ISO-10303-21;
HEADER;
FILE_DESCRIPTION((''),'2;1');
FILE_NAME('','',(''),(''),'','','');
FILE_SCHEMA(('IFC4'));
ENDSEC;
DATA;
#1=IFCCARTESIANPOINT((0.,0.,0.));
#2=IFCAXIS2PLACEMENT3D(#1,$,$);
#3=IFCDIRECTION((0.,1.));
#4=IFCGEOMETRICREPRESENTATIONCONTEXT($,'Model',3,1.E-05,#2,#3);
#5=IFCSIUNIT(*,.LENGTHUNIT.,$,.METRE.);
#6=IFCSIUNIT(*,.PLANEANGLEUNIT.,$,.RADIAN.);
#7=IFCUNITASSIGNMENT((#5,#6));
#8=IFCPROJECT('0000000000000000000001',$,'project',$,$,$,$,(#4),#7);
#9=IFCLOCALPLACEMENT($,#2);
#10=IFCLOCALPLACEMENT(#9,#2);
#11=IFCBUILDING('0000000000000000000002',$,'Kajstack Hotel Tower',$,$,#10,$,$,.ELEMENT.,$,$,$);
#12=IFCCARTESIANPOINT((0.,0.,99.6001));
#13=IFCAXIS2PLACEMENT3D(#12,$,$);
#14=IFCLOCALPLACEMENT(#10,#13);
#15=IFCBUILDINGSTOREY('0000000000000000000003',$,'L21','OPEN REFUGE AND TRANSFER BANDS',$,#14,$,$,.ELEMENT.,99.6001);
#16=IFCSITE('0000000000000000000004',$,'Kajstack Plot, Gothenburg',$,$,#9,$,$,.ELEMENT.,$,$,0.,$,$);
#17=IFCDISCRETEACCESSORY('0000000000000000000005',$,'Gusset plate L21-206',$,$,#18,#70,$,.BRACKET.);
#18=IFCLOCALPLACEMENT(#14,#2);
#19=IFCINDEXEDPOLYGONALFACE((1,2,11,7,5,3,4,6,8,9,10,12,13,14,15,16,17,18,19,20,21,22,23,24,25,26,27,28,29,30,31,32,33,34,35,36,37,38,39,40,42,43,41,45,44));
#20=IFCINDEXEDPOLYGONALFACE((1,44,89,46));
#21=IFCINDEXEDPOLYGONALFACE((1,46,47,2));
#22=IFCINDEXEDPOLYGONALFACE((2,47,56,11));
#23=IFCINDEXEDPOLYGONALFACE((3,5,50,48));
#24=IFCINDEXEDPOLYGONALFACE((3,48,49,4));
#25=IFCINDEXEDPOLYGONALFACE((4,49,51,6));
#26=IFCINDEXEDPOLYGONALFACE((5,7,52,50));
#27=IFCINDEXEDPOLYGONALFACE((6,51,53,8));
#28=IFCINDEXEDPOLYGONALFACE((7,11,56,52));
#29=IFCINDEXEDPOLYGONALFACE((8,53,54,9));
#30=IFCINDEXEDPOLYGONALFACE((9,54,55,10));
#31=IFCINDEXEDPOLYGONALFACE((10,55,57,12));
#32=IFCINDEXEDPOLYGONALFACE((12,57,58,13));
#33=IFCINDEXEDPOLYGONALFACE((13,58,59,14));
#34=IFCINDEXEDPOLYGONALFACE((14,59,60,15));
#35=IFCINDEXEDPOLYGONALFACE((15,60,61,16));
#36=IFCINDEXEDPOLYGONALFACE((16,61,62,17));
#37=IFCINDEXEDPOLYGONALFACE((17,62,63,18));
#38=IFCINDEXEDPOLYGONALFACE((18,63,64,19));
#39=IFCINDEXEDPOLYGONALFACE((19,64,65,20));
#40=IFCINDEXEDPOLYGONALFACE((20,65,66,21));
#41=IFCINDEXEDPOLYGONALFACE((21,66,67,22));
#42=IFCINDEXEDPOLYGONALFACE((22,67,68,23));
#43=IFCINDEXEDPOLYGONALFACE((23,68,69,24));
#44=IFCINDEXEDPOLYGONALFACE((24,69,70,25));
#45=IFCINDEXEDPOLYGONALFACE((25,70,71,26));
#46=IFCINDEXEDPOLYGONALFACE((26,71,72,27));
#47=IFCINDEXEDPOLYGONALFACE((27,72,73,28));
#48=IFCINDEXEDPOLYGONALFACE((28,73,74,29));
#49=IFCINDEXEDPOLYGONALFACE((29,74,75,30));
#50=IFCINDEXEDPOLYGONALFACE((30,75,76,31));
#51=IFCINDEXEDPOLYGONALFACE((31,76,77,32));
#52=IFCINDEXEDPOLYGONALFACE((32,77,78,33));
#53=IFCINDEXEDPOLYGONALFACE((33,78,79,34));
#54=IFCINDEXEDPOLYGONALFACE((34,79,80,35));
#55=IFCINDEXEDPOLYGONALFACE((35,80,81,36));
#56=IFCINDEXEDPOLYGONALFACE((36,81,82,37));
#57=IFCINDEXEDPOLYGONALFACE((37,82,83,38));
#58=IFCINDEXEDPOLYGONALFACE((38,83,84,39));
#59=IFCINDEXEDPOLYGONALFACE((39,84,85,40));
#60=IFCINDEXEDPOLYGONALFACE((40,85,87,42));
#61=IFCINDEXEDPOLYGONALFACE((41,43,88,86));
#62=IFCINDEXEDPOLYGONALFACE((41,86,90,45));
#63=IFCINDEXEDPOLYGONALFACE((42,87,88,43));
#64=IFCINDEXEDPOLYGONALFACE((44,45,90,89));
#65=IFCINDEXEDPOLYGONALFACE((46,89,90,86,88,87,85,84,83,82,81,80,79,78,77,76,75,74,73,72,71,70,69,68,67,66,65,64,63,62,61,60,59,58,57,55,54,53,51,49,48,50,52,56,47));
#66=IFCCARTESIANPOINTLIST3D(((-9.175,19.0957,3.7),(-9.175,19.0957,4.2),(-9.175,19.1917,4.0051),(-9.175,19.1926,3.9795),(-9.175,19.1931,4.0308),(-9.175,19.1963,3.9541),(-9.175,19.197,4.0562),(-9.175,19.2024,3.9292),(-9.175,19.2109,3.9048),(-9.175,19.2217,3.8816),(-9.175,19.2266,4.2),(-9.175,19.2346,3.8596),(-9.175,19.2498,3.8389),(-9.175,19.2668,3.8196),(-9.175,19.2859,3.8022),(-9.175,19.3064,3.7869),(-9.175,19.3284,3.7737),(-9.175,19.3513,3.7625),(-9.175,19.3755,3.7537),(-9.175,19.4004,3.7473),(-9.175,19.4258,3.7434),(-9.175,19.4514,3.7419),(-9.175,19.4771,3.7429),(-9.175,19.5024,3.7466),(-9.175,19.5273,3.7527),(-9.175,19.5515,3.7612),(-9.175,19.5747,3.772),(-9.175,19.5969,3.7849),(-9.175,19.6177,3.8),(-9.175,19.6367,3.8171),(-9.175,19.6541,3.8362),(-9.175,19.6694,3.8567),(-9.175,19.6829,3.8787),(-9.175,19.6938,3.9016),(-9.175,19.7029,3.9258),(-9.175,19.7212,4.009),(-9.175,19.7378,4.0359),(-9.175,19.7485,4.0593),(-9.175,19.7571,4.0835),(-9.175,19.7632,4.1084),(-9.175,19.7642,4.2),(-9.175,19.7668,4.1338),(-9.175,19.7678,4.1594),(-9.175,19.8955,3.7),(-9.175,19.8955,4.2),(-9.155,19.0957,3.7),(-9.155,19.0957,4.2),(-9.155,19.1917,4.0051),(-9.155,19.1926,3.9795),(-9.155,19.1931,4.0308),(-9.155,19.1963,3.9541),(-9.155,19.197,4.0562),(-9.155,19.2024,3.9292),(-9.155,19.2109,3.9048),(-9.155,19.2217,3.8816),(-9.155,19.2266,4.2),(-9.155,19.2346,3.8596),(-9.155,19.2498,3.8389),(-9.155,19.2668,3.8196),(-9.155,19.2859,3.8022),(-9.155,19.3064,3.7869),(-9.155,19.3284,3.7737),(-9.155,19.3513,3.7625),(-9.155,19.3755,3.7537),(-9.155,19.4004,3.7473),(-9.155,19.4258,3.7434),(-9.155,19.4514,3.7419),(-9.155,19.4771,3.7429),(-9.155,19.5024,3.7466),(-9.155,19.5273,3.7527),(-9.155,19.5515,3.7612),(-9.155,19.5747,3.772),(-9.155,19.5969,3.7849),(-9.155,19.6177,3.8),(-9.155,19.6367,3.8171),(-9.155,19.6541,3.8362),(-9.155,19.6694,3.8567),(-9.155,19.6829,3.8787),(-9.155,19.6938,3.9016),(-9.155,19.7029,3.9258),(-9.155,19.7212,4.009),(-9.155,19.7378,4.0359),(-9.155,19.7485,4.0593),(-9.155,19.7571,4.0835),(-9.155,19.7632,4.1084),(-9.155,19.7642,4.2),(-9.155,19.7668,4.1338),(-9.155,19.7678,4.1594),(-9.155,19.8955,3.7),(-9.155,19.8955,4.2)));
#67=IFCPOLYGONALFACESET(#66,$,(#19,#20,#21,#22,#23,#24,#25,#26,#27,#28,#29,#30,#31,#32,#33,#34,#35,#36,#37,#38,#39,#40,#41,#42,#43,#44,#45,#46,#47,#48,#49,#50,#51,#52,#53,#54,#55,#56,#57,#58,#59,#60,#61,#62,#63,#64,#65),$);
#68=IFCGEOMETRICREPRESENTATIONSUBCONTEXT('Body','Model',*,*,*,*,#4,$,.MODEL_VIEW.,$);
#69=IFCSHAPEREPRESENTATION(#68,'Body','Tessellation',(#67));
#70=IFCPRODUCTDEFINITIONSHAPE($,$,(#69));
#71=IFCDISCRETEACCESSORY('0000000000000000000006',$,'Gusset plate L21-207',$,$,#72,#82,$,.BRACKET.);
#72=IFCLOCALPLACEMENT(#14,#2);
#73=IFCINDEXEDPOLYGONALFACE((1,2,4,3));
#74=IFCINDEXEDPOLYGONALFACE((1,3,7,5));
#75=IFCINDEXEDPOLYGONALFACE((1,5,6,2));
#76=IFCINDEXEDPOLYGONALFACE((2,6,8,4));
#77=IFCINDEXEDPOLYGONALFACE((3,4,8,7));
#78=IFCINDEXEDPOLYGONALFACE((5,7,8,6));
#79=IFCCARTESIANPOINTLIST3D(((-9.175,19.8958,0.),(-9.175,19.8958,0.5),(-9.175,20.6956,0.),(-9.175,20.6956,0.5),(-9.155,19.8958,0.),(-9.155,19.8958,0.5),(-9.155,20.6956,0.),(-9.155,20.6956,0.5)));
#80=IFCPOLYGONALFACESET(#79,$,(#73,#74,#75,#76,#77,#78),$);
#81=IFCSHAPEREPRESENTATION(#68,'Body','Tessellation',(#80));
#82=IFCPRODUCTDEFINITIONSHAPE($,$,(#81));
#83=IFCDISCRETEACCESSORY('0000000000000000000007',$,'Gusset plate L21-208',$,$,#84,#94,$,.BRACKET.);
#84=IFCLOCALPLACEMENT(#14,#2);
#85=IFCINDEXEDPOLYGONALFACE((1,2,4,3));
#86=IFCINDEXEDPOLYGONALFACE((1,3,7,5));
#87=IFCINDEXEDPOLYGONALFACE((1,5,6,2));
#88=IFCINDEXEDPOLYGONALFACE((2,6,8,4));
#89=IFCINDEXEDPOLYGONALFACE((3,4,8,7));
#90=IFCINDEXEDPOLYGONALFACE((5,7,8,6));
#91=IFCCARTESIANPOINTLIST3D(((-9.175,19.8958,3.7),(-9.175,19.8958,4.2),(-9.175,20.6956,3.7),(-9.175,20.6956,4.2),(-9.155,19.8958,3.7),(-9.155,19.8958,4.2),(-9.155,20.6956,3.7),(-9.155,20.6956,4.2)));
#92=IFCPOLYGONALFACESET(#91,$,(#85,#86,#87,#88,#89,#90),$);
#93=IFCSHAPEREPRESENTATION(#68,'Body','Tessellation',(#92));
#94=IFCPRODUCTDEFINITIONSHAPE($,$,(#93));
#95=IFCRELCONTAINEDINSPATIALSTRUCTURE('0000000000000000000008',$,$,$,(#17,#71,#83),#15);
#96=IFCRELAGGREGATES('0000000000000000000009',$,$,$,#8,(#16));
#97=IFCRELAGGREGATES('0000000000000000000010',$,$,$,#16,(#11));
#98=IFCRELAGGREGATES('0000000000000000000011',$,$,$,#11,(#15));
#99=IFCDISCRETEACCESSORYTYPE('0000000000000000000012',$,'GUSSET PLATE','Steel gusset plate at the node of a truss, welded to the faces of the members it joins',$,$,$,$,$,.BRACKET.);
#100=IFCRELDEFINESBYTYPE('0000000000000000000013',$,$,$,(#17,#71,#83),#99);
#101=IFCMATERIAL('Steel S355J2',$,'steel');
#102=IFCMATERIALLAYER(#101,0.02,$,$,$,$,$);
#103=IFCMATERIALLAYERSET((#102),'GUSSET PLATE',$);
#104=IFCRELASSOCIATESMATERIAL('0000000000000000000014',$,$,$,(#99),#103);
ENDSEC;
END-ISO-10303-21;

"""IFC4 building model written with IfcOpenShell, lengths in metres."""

from ifc_helpers import new_model, si_unit, direction, frame, origin, place, context, subcontext, project, spatial, polyline, outline, extrude, material, layer, layer_set, type_object, element, save


model = new_model("IFC4")

# Units and contexts
model_context = context("Model", 3, precision=1e-05, world=origin(), true_north=direction((0.0, 1.0)))
body_context = subcontext(model_context, "Body", "Model", "MODEL_VIEW")
ifc_project = project(units=[si_unit("LENGTHUNIT", "METRE"), si_unit("PLANEANGLEUNIT", "RADIAN")], contexts=[model_context])

# Site, building, storey
site_placement = place(None, origin())
site = spatial("IfcSite", under=ifc_project, at=site_placement, Name="Kajstack Plot, Gothenburg", CompositionType="ELEMENT", RefElevation=0.0)
building_placement = place(site_placement, origin())
building = spatial("IfcBuilding", under=site, at=building_placement, Name="Kajstack Hotel Tower", CompositionType="ELEMENT")
storey_placement = place(building_placement, frame((0.0, 0.0, 99.6001)))
storey = spatial("IfcBuildingStorey", under=building, at=storey_placement, Name="L21", Description="OPEN REFUGE AND TRANSFER BANDS", CompositionType="ELEMENT", Elevation=99.6001)

# Shared definitions
ifc_material_1 = material(Name="Steel S355J2", Category="steel")

# Discrete accessories
ifc_layer_1 = layer(ifc_material_1, 0.02)
ifc_layer_set_1 = layer_set([ifc_layer_1], Name="GUSSET PLATE")
discrete_accessory_type = type_object("IfcDiscreteAccessoryType", Name="GUSSET PLATE", Description="Steel gusset plate at the node of a truss, welded to the faces of the members it joins", PredefinedType="BRACKET", material=ifc_layer_set_1)
discrete_accessory_placement = place(storey_placement, frame((-9.175, 19.4956, 3.7), z_axis=(1.0, 0.0, 0.0), x_axis=(0.0, 1.0, 0.0)))
element("IfcDiscreteAccessory", 1, at=discrete_accessory_placement, inside=storey, type_object=discrete_accessory_type, Name="Gusset plate L21-206", PredefinedType="BRACKET", context=body_context, shape_type="SweptSolid", body=[
    extrude(outline(polyline([(0.3999, 0.5), (0.2686, 0.5), (0.2722, 0.4595), (0.2712, 0.4338), (0.2676, 0.4084), (0.2615, 0.3835), (0.2529, 0.3594), (0.2422, 0.3359), (0.2256, 0.3091), (0.2073, 0.2258), (0.1982, 0.2017), (0.1873, 0.1787), (0.1738, 0.1567), (0.1584, 0.1362), (0.1411, 0.1172), (0.1221, 0.1001), (0.1013, 0.085), (0.0791, 0.072), (0.0559, 0.0613), (0.0317, 0.0527), (0.0068, 0.0466), (-0.0186, 0.043), (-0.0442, 0.042), (-0.0698, 0.0435), (-0.0952, 0.0474), (-0.1201, 0.0537), (-0.1443, 0.0625), (-0.1672, 0.0737), (-0.1892, 0.0869), (-0.2097, 0.1023), (-0.2288, 0.1196), (-0.2458, 0.1389), (-0.261, 0.1597), (-0.2739, 0.1816), (-0.2847, 0.2048), (-0.2932, 0.2292), (-0.2993, 0.2542), (-0.303, 0.2795), (-0.304, 0.3052), (-0.3025, 0.3308), (-0.2986, 0.3562), (-0.269, 0.5), (-0.3999, 0.5), (-0.3999, 0.0), (0.3999, 0.0), (0.3999, 0.5)])), origin(), (0.0, 0.0, 1.0), 0.02),
])
for number, where, z_axis, x_axis, name in (
    (2, (-9.175, 20.2957, 0.0), (1.0, 0.0, 0.0), (0.0, 1.0, 0.0), "Gusset plate L21-207"),
    (3, (-9.175, 20.2957, 3.7), (1.0, 0.0, 0.0), (0.0, 1.0, 0.0), "Gusset plate L21-208"),
):
    element("IfcDiscreteAccessory", number, at=place(storey_placement, frame(where, z_axis=z_axis, x_axis=x_axis)), inside=storey, type_object=discrete_accessory_type, Name=name, PredefinedType="BRACKET", context=body_context, shape_type="SweptSolid", body=[
        extrude(outline(polyline([(-0.3999, 0.0), (0.3999, 0.0), (0.3999, 0.5), (-0.3999, 0.5), (-0.3999, 0.0)])), origin(), (0.0, 0.0, 1.0), 0.02),
    ])

save(model, "model.ifc")
